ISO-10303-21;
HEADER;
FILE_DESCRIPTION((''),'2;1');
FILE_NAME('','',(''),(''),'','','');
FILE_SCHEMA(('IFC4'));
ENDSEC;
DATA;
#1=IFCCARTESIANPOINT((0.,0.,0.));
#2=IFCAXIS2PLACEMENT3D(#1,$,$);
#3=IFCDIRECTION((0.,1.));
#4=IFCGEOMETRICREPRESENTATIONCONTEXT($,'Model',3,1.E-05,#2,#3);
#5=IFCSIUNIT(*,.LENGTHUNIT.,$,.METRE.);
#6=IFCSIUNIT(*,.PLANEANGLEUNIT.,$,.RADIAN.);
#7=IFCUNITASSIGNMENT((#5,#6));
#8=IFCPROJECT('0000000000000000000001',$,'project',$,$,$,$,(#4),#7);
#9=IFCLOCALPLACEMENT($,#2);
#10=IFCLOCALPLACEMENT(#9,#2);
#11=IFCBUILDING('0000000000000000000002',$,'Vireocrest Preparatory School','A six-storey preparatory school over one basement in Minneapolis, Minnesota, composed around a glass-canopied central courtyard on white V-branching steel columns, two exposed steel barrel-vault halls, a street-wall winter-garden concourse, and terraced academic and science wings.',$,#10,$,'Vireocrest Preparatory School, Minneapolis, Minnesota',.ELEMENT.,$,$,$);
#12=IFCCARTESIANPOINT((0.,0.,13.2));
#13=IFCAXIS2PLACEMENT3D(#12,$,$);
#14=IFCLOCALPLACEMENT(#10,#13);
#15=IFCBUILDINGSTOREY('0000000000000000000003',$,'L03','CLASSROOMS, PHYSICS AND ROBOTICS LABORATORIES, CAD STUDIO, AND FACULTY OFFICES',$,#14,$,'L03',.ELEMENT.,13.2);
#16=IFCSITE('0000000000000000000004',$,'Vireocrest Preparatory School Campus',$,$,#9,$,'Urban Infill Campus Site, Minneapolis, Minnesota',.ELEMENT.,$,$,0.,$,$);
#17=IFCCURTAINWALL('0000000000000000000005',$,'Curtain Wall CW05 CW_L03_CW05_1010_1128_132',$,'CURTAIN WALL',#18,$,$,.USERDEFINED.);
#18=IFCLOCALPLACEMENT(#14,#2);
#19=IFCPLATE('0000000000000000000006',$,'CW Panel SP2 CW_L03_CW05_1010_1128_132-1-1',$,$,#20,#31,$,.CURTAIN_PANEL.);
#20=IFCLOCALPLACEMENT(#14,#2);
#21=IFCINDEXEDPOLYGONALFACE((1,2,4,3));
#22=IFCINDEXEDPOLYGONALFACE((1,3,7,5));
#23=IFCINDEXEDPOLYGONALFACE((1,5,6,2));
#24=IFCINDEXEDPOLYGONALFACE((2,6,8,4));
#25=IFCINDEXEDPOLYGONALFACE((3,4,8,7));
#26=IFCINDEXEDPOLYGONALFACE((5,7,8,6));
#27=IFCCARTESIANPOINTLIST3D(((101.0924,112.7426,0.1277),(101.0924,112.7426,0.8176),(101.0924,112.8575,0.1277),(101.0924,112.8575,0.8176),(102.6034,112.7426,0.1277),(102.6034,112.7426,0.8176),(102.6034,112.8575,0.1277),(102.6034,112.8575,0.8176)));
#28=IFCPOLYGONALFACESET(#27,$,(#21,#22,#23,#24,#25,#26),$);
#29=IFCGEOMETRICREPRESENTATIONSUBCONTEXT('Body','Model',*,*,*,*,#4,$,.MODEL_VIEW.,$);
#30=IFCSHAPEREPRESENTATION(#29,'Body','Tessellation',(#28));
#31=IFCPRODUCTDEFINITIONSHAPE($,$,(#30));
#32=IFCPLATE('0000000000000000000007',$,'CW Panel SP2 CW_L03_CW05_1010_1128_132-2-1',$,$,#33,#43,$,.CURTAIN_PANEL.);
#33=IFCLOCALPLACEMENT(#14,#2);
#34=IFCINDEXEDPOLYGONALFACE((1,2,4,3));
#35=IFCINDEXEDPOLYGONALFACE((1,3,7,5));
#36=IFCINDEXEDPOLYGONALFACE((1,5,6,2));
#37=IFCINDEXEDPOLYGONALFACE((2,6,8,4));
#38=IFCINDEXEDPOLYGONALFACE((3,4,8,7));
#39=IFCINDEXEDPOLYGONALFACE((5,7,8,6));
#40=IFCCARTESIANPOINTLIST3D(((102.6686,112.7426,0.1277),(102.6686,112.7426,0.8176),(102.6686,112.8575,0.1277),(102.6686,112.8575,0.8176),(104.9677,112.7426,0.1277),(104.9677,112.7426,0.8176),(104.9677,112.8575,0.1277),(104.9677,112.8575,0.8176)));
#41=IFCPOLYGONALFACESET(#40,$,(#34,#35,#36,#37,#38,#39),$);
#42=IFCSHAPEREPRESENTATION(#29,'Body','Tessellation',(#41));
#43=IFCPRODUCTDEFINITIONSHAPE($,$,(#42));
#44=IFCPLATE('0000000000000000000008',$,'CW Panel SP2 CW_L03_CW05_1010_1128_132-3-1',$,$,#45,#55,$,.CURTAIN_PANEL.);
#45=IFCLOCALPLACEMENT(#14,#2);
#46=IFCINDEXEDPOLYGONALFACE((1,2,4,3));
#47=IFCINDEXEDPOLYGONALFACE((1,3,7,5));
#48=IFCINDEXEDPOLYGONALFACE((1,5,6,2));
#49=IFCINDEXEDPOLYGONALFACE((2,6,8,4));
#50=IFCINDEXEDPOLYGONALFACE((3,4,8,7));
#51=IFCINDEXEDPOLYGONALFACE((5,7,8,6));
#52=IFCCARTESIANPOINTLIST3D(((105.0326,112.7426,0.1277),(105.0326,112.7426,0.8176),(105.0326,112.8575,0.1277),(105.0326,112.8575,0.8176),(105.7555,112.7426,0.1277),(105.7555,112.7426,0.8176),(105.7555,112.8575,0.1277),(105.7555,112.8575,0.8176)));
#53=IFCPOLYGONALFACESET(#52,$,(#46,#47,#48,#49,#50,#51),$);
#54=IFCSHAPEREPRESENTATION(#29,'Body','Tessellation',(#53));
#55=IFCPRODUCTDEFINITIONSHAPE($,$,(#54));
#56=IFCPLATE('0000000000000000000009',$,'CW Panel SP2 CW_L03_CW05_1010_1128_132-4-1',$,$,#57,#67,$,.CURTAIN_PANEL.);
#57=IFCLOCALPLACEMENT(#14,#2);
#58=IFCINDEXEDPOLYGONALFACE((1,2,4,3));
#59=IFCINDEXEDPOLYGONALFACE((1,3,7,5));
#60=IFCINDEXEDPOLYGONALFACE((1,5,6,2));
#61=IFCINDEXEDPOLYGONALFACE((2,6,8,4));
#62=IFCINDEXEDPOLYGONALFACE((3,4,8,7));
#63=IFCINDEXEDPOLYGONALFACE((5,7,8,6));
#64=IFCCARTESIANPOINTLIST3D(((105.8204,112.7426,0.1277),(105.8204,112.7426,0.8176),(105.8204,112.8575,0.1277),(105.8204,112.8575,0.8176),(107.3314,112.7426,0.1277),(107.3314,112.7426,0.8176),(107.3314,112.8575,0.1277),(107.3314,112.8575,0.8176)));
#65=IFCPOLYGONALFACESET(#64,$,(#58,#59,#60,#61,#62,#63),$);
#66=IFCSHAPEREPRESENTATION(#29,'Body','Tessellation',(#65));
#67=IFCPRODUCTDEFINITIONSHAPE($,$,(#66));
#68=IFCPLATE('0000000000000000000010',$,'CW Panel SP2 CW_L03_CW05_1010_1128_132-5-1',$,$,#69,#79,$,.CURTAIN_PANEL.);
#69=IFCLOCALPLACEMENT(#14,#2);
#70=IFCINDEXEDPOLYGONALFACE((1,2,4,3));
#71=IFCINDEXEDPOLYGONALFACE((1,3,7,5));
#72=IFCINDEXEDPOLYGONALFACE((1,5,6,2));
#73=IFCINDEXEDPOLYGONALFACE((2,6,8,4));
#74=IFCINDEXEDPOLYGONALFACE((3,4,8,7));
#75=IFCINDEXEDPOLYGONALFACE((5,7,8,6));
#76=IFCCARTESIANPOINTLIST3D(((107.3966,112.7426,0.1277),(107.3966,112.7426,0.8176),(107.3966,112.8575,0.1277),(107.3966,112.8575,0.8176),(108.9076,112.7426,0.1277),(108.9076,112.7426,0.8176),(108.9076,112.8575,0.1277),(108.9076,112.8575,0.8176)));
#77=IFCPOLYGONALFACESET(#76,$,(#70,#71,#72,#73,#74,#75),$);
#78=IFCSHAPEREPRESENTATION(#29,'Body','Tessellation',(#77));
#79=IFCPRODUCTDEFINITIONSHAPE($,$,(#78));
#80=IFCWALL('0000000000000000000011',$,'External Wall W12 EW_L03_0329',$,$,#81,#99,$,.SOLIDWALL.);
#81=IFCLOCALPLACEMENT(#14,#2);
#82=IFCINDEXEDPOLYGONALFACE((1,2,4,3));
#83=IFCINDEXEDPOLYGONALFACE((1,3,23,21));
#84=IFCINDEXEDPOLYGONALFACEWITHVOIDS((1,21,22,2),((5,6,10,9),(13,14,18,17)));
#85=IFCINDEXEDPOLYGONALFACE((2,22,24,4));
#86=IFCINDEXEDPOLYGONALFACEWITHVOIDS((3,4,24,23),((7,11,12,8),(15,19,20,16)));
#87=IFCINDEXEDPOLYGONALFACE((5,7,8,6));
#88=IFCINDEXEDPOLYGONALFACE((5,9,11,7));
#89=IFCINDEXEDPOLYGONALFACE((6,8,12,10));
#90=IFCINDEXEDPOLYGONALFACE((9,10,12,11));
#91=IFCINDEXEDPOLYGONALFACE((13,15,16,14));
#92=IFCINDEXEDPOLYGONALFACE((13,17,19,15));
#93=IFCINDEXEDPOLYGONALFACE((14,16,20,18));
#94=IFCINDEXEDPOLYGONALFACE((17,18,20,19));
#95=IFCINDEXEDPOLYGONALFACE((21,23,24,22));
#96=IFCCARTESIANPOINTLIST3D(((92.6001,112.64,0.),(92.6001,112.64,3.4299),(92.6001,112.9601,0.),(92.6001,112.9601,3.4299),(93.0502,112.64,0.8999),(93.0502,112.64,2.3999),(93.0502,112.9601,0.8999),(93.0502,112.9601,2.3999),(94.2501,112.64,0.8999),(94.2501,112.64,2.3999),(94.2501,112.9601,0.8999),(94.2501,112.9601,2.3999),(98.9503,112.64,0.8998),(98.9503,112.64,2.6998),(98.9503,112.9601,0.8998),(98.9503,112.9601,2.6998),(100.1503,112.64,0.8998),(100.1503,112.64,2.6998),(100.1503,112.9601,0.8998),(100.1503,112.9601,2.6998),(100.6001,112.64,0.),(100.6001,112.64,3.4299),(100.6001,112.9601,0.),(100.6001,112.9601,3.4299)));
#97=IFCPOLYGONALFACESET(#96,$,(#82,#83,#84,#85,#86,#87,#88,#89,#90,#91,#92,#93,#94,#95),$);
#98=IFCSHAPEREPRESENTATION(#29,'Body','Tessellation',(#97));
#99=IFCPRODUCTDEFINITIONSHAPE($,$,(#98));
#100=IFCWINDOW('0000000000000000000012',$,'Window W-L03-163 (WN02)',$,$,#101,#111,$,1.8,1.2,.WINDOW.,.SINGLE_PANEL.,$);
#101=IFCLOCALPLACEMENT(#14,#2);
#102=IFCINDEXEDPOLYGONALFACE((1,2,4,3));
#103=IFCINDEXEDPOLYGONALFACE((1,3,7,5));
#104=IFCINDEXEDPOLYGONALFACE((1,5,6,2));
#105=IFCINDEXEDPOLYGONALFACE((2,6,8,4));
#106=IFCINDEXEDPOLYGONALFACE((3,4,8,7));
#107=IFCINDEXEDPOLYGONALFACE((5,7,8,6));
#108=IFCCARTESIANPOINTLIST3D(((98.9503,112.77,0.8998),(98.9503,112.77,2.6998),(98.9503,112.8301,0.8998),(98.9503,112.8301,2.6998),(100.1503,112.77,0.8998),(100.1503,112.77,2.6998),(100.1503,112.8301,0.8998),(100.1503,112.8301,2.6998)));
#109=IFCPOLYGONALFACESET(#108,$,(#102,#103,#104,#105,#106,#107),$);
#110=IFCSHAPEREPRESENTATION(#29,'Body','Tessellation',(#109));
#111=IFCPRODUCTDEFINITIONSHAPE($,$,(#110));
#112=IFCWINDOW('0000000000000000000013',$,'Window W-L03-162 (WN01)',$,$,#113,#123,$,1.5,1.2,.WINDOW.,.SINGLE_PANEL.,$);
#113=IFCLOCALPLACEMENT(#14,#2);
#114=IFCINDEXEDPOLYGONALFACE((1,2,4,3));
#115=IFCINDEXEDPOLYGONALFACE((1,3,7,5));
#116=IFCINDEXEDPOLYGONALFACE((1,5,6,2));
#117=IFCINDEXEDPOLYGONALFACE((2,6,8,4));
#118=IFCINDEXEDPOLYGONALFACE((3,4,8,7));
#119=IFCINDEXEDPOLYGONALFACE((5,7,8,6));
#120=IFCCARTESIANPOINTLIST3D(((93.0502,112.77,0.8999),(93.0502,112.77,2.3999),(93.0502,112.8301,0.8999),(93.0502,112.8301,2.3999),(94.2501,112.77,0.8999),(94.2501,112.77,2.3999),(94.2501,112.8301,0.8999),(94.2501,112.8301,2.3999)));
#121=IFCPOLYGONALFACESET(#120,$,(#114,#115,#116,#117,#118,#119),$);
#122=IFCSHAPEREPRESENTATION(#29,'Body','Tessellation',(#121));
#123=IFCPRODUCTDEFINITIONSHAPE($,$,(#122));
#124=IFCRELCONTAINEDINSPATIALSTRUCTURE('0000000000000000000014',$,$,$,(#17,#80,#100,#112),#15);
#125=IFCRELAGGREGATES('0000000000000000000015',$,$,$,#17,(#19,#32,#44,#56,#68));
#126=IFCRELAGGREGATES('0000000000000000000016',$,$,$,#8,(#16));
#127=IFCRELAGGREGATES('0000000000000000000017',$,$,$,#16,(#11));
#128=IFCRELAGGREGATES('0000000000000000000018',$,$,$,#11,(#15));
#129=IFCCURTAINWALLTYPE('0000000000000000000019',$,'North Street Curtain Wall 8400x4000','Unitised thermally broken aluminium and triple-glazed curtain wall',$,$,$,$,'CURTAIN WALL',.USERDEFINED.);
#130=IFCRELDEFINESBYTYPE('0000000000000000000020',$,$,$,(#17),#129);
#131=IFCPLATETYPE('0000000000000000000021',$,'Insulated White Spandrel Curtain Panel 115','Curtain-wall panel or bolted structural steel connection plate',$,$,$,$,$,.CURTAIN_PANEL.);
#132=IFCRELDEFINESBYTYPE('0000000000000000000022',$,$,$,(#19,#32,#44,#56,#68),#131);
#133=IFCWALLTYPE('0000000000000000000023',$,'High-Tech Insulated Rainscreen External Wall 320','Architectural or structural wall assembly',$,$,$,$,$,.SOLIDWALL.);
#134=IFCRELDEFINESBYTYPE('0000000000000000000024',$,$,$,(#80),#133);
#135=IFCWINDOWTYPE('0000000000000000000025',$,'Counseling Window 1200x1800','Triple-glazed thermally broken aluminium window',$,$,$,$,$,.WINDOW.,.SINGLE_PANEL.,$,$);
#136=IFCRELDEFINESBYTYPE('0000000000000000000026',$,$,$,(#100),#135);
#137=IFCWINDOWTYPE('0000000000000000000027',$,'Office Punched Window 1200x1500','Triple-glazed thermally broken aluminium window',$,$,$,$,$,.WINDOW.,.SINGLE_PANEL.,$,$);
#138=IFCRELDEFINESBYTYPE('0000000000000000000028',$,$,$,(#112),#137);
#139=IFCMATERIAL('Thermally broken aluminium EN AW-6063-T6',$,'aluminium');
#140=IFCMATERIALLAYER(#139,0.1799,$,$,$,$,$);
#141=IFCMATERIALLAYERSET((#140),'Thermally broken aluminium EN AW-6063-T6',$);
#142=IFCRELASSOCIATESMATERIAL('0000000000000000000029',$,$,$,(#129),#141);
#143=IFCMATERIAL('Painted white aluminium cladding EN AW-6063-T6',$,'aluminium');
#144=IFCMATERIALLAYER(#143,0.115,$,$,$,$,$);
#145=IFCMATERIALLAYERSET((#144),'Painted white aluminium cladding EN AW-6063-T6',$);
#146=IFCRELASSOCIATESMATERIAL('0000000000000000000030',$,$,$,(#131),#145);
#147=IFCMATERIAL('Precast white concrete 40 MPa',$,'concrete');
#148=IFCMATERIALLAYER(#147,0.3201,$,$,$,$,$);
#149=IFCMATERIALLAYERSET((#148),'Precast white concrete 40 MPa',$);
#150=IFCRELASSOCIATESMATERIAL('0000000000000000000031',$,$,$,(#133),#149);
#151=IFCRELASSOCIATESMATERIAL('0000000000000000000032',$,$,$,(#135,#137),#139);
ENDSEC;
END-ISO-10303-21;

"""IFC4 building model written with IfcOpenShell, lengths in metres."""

from ifc_helpers import new_model, si_unit, direction, frame, frame_2d, origin, origin_2d, place, context, subcontext, project, spatial, rectangle, extrude, material, layer, layer_set, type_object, element, fill, aggregate, save


model = new_model("IFC4")

# Units and contexts
model_context = context("Model", 3, precision=1e-05, world=origin(), true_north=direction((0.0, 1.0)))
body_context = subcontext(model_context, "Body", "Model", "MODEL_VIEW")
ifc_project = project(units=[si_unit("LENGTHUNIT", "METRE"), si_unit("PLANEANGLEUNIT", "RADIAN")], contexts=[model_context])

# Site, building, storey
site_placement = place(None, origin())
site = spatial("IfcSite", under=ifc_project, at=site_placement, Name="Vireocrest Preparatory School Campus", LongName="Urban Infill Campus Site, Minneapolis, Minnesota", CompositionType="ELEMENT", RefElevation=0.0)
building_placement = place(site_placement, origin())
building = spatial("IfcBuilding", under=site, at=building_placement, Name="Vireocrest Preparatory School", Description="A six-storey preparatory school over one basement in Minneapolis, Minnesota, composed around a glass-canopied central courtyard on white V-branching steel columns, two exposed steel barrel-vault halls, a street-wall winter-garden concourse, and terraced academic and science wings.", LongName="Vireocrest Preparatory School, Minneapolis, Minnesota", CompositionType="ELEMENT")
storey_placement = place(building_placement, frame((0.0, 0.0, 13.2)))
storey = spatial("IfcBuildingStorey", under=building, at=storey_placement, Name="L03", Description="CLASSROOMS, PHYSICS AND ROBOTICS LABORATORIES, CAD STUDIO, AND FACULTY OFFICES", LongName="L03", CompositionType="ELEMENT", Elevation=13.2)

# Curtain wall
ifc_material_1 = material(Name="Thermally broken aluminium EN AW-6063-T6", Category="aluminium")
ifc_layer_1 = layer(ifc_material_1, 0.1799)
ifc_layer_set_1 = layer_set([ifc_layer_1], Name="Thermally broken aluminium EN AW-6063-T6")
curtain_wall_type = type_object("IfcCurtainWallType", Name="North Street Curtain Wall 8400x4000", Description="Unitised thermally broken aluminium and triple-glazed curtain wall", ElementType="CURTAIN WALL", PredefinedType="USERDEFINED", material=ifc_layer_set_1)
curtain_wall_placement = place(storey_placement, origin())
curtain_wall = element("IfcCurtainWall", 1, at=curtain_wall_placement, inside=storey, type_object=curtain_wall_type, Name="Curtain Wall CW05 CW_L03_CW05_1010_1128_132", ObjectType="CURTAIN WALL", PredefinedType="USERDEFINED")

# Plates
ifc_material_2 = material(Name="Painted white aluminium cladding EN AW-6063-T6", Category="aluminium")
ifc_layer_2 = layer(ifc_material_2, 0.115)
ifc_layer_set_2 = layer_set([ifc_layer_2], Name="Painted white aluminium cladding EN AW-6063-T6")
plate_type_1 = type_object("IfcPlateType", Name="Insulated White Spandrel Curtain Panel 115", Description="Curtain-wall panel or bolted structural steel connection plate", PredefinedType="CURTAIN_PANEL", material=ifc_layer_set_2)
plate_1_placement = place(storey_placement, frame((101.8479, 112.8, 0.1277), z_axis=(0.0, 0.0, 1.0), x_axis=(1.0, 0.0, 0.0)))
plate_1 = element("IfcPlate", 2, at=plate_1_placement, type_object=plate_type_1, Name="CW Panel SP2 CW_L03_CW05_1010_1128_132-1-1", PredefinedType="CURTAIN_PANEL", context=body_context, shape_type="SweptSolid", body=[
    extrude(rectangle(XDim=1.511, YDim=0.115, at=origin_2d()), origin(), (0.0, 0.0, 1.0), 0.6899),
])
plate_2_placement = place(storey_placement, frame((103.8181, 112.8, 0.1277), z_axis=(0.0, 0.0, 1.0), x_axis=(1.0, 0.0, 0.0)))
plate_2 = element("IfcPlate", 3, at=plate_2_placement, type_object=plate_type_1, Name="CW Panel SP2 CW_L03_CW05_1010_1128_132-2-1", PredefinedType="CURTAIN_PANEL", context=body_context, shape_type="SweptSolid", body=[
    extrude(rectangle(XDim=2.2991, YDim=0.115, at=origin_2d()), origin(), (0.0, 0.0, 1.0), 0.6899),
])
plate_3_placement = place(storey_placement, frame((105.394, 112.8, 0.1277), z_axis=(0.0, 0.0, 1.0), x_axis=(1.0, 0.0, 0.0)))
plate_3 = element("IfcPlate", 4, at=plate_3_placement, type_object=plate_type_1, Name="CW Panel SP2 CW_L03_CW05_1010_1128_132-3-1", PredefinedType="CURTAIN_PANEL", context=body_context, shape_type="SweptSolid", body=[
    extrude(rectangle(XDim=0.7229, YDim=0.115, at=origin_2d()), origin(), (0.0, 0.0, 1.0), 0.6899),
])
plate_4_placement = place(storey_placement, frame((106.5759, 112.8, 0.1277), z_axis=(0.0, 0.0, 1.0), x_axis=(1.0, 0.0, 0.0)))
plate_4 = element("IfcPlate", 5, at=plate_4_placement, type_object=plate_type_1, Name="CW Panel SP2 CW_L03_CW05_1010_1128_132-4-1", PredefinedType="CURTAIN_PANEL", context=body_context, shape_type="SweptSolid", body=[
    extrude(rectangle(XDim=1.511, YDim=0.115, at=origin_2d()), origin(), (0.0, 0.0, 1.0), 0.6899),
])
plate_5_placement = place(storey_placement, frame((108.1521, 112.8, 0.1277), z_axis=(0.0, 0.0, 1.0), x_axis=(1.0, 0.0, 0.0)))
plate_5 = element("IfcPlate", 6, at=plate_5_placement, type_object=plate_type_1, Name="CW Panel SP2 CW_L03_CW05_1010_1128_132-5-1", PredefinedType="CURTAIN_PANEL", context=body_context, shape_type="SweptSolid", body=[
    extrude(rectangle(XDim=1.511, YDim=0.115, at=origin_2d()), origin(), (0.0, 0.0, 1.0), 0.6899),
])
aggregate(curtain_wall, [plate_1, plate_2, plate_3, plate_4, plate_5])

# Wall, openings, windows
ifc_material_3 = material(Name="Precast white concrete 40 MPa", Category="concrete")
ifc_layer_3 = layer(ifc_material_3, 0.3201)
ifc_layer_set_3 = layer_set([ifc_layer_3], Name="Precast white concrete 40 MPa")
wall_type = type_object("IfcWallType", Name="High-Tech Insulated Rainscreen External Wall 320", Description="Architectural or structural wall assembly", PredefinedType="SOLIDWALL", material=ifc_layer_set_3)
wall_placement = place(storey_placement, frame((92.6001, 112.8, 0.0), z_axis=(0.0, 0.0, 1.0), x_axis=(1.0, 0.0, 0.0)))
wall = element("IfcWall", 7, at=wall_placement, inside=storey, type_object=wall_type, Name="External Wall W12 EW_L03_0329", PredefinedType="SOLIDWALL", context=body_context, shape_type="SweptSolid", body=[
    extrude(rectangle(XDim=8.0, YDim=0.3201, at=frame_2d((4.0, 0.0))), origin(), (0.0, 0.0, 1.0), 3.4299),
])
opening_1_placement = place(wall_placement, frame((0.45, 0.0, 0.8999)))
opening_1 = element("IfcOpeningElement", 8, at=opening_1_placement, cuts=wall, PredefinedType="OPENING", context=body_context, shape_type="SweptSolid", body=[
    extrude(rectangle(XDim=1.2, YDim=1.5, at=frame_2d((0.6001, 0.75))), frame((0.0, 0.1699, 0.0), z_axis=(0.0, -1.0, 0.0), x_axis=(1.0, 0.0, 0.0)), (0.0, 0.0, 1.0), 0.3401),
])
opening_2_placement = place(wall_placement, frame((6.3501, 0.0, 0.8999)))
opening_2 = element("IfcOpeningElement", 9, at=opening_2_placement, cuts=wall, PredefinedType="OPENING", context=body_context, shape_type="SweptSolid", body=[
    extrude(rectangle(XDim=1.2, YDim=1.8, at=frame_2d((0.6001, 0.8999))), frame((0.0, 0.1699, 0.0), z_axis=(0.0, -1.0, 0.0), x_axis=(1.0, 0.0, 0.0)), (0.0, 0.0, 1.0), 0.3401),
])
window_type_1 = type_object("IfcWindowType", Name="Counseling Window 1200x1800", Description="Triple-glazed thermally broken aluminium window", PartitioningType="SINGLE_PANEL", PredefinedType="WINDOW", material=ifc_material_1)
window_1_placement = place(opening_2_placement, origin())
window_1 = element("IfcWindow", 10, at=window_1_placement, inside=storey, type_object=window_type_1, Name="Window W-L03-163 (WN02)", OverallHeight=1.8, OverallWidth=1.2, PartitioningType="SINGLE_PANEL", PredefinedType="WINDOW", context=body_context, shape_type="SweptSolid", body=[
    extrude(rectangle(XDim=1.2, YDim=1.8, at=frame_2d((0.6001, 0.8999))), frame((0.0, 0.03, 0.0), z_axis=(0.0, -1.0, 0.0), x_axis=(1.0, 0.0, 0.0)), (0.0, 0.0, 1.0), 0.0601),
])
fill(opening_2, window_1)
window_type_2 = type_object("IfcWindowType", Name="Office Punched Window 1200x1500", Description="Triple-glazed thermally broken aluminium window", PartitioningType="SINGLE_PANEL", PredefinedType="WINDOW", material=ifc_material_1)
window_2_placement = place(opening_1_placement, origin())
window_2 = element("IfcWindow", 11, at=window_2_placement, inside=storey, type_object=window_type_2, Name="Window W-L03-162 (WN01)", OverallHeight=1.5, OverallWidth=1.2, PartitioningType="SINGLE_PANEL", PredefinedType="WINDOW", context=body_context, shape_type="SweptSolid", body=[
    extrude(rectangle(XDim=1.2, YDim=1.5, at=frame_2d((0.6001, 0.75))), frame((0.0, 0.03, 0.0), z_axis=(0.0, -1.0, 0.0), x_axis=(1.0, 0.0, 0.0)), (0.0, 0.0, 1.0), 0.0601),
])
fill(opening_1, window_2)

save(model, "model.ifc")
